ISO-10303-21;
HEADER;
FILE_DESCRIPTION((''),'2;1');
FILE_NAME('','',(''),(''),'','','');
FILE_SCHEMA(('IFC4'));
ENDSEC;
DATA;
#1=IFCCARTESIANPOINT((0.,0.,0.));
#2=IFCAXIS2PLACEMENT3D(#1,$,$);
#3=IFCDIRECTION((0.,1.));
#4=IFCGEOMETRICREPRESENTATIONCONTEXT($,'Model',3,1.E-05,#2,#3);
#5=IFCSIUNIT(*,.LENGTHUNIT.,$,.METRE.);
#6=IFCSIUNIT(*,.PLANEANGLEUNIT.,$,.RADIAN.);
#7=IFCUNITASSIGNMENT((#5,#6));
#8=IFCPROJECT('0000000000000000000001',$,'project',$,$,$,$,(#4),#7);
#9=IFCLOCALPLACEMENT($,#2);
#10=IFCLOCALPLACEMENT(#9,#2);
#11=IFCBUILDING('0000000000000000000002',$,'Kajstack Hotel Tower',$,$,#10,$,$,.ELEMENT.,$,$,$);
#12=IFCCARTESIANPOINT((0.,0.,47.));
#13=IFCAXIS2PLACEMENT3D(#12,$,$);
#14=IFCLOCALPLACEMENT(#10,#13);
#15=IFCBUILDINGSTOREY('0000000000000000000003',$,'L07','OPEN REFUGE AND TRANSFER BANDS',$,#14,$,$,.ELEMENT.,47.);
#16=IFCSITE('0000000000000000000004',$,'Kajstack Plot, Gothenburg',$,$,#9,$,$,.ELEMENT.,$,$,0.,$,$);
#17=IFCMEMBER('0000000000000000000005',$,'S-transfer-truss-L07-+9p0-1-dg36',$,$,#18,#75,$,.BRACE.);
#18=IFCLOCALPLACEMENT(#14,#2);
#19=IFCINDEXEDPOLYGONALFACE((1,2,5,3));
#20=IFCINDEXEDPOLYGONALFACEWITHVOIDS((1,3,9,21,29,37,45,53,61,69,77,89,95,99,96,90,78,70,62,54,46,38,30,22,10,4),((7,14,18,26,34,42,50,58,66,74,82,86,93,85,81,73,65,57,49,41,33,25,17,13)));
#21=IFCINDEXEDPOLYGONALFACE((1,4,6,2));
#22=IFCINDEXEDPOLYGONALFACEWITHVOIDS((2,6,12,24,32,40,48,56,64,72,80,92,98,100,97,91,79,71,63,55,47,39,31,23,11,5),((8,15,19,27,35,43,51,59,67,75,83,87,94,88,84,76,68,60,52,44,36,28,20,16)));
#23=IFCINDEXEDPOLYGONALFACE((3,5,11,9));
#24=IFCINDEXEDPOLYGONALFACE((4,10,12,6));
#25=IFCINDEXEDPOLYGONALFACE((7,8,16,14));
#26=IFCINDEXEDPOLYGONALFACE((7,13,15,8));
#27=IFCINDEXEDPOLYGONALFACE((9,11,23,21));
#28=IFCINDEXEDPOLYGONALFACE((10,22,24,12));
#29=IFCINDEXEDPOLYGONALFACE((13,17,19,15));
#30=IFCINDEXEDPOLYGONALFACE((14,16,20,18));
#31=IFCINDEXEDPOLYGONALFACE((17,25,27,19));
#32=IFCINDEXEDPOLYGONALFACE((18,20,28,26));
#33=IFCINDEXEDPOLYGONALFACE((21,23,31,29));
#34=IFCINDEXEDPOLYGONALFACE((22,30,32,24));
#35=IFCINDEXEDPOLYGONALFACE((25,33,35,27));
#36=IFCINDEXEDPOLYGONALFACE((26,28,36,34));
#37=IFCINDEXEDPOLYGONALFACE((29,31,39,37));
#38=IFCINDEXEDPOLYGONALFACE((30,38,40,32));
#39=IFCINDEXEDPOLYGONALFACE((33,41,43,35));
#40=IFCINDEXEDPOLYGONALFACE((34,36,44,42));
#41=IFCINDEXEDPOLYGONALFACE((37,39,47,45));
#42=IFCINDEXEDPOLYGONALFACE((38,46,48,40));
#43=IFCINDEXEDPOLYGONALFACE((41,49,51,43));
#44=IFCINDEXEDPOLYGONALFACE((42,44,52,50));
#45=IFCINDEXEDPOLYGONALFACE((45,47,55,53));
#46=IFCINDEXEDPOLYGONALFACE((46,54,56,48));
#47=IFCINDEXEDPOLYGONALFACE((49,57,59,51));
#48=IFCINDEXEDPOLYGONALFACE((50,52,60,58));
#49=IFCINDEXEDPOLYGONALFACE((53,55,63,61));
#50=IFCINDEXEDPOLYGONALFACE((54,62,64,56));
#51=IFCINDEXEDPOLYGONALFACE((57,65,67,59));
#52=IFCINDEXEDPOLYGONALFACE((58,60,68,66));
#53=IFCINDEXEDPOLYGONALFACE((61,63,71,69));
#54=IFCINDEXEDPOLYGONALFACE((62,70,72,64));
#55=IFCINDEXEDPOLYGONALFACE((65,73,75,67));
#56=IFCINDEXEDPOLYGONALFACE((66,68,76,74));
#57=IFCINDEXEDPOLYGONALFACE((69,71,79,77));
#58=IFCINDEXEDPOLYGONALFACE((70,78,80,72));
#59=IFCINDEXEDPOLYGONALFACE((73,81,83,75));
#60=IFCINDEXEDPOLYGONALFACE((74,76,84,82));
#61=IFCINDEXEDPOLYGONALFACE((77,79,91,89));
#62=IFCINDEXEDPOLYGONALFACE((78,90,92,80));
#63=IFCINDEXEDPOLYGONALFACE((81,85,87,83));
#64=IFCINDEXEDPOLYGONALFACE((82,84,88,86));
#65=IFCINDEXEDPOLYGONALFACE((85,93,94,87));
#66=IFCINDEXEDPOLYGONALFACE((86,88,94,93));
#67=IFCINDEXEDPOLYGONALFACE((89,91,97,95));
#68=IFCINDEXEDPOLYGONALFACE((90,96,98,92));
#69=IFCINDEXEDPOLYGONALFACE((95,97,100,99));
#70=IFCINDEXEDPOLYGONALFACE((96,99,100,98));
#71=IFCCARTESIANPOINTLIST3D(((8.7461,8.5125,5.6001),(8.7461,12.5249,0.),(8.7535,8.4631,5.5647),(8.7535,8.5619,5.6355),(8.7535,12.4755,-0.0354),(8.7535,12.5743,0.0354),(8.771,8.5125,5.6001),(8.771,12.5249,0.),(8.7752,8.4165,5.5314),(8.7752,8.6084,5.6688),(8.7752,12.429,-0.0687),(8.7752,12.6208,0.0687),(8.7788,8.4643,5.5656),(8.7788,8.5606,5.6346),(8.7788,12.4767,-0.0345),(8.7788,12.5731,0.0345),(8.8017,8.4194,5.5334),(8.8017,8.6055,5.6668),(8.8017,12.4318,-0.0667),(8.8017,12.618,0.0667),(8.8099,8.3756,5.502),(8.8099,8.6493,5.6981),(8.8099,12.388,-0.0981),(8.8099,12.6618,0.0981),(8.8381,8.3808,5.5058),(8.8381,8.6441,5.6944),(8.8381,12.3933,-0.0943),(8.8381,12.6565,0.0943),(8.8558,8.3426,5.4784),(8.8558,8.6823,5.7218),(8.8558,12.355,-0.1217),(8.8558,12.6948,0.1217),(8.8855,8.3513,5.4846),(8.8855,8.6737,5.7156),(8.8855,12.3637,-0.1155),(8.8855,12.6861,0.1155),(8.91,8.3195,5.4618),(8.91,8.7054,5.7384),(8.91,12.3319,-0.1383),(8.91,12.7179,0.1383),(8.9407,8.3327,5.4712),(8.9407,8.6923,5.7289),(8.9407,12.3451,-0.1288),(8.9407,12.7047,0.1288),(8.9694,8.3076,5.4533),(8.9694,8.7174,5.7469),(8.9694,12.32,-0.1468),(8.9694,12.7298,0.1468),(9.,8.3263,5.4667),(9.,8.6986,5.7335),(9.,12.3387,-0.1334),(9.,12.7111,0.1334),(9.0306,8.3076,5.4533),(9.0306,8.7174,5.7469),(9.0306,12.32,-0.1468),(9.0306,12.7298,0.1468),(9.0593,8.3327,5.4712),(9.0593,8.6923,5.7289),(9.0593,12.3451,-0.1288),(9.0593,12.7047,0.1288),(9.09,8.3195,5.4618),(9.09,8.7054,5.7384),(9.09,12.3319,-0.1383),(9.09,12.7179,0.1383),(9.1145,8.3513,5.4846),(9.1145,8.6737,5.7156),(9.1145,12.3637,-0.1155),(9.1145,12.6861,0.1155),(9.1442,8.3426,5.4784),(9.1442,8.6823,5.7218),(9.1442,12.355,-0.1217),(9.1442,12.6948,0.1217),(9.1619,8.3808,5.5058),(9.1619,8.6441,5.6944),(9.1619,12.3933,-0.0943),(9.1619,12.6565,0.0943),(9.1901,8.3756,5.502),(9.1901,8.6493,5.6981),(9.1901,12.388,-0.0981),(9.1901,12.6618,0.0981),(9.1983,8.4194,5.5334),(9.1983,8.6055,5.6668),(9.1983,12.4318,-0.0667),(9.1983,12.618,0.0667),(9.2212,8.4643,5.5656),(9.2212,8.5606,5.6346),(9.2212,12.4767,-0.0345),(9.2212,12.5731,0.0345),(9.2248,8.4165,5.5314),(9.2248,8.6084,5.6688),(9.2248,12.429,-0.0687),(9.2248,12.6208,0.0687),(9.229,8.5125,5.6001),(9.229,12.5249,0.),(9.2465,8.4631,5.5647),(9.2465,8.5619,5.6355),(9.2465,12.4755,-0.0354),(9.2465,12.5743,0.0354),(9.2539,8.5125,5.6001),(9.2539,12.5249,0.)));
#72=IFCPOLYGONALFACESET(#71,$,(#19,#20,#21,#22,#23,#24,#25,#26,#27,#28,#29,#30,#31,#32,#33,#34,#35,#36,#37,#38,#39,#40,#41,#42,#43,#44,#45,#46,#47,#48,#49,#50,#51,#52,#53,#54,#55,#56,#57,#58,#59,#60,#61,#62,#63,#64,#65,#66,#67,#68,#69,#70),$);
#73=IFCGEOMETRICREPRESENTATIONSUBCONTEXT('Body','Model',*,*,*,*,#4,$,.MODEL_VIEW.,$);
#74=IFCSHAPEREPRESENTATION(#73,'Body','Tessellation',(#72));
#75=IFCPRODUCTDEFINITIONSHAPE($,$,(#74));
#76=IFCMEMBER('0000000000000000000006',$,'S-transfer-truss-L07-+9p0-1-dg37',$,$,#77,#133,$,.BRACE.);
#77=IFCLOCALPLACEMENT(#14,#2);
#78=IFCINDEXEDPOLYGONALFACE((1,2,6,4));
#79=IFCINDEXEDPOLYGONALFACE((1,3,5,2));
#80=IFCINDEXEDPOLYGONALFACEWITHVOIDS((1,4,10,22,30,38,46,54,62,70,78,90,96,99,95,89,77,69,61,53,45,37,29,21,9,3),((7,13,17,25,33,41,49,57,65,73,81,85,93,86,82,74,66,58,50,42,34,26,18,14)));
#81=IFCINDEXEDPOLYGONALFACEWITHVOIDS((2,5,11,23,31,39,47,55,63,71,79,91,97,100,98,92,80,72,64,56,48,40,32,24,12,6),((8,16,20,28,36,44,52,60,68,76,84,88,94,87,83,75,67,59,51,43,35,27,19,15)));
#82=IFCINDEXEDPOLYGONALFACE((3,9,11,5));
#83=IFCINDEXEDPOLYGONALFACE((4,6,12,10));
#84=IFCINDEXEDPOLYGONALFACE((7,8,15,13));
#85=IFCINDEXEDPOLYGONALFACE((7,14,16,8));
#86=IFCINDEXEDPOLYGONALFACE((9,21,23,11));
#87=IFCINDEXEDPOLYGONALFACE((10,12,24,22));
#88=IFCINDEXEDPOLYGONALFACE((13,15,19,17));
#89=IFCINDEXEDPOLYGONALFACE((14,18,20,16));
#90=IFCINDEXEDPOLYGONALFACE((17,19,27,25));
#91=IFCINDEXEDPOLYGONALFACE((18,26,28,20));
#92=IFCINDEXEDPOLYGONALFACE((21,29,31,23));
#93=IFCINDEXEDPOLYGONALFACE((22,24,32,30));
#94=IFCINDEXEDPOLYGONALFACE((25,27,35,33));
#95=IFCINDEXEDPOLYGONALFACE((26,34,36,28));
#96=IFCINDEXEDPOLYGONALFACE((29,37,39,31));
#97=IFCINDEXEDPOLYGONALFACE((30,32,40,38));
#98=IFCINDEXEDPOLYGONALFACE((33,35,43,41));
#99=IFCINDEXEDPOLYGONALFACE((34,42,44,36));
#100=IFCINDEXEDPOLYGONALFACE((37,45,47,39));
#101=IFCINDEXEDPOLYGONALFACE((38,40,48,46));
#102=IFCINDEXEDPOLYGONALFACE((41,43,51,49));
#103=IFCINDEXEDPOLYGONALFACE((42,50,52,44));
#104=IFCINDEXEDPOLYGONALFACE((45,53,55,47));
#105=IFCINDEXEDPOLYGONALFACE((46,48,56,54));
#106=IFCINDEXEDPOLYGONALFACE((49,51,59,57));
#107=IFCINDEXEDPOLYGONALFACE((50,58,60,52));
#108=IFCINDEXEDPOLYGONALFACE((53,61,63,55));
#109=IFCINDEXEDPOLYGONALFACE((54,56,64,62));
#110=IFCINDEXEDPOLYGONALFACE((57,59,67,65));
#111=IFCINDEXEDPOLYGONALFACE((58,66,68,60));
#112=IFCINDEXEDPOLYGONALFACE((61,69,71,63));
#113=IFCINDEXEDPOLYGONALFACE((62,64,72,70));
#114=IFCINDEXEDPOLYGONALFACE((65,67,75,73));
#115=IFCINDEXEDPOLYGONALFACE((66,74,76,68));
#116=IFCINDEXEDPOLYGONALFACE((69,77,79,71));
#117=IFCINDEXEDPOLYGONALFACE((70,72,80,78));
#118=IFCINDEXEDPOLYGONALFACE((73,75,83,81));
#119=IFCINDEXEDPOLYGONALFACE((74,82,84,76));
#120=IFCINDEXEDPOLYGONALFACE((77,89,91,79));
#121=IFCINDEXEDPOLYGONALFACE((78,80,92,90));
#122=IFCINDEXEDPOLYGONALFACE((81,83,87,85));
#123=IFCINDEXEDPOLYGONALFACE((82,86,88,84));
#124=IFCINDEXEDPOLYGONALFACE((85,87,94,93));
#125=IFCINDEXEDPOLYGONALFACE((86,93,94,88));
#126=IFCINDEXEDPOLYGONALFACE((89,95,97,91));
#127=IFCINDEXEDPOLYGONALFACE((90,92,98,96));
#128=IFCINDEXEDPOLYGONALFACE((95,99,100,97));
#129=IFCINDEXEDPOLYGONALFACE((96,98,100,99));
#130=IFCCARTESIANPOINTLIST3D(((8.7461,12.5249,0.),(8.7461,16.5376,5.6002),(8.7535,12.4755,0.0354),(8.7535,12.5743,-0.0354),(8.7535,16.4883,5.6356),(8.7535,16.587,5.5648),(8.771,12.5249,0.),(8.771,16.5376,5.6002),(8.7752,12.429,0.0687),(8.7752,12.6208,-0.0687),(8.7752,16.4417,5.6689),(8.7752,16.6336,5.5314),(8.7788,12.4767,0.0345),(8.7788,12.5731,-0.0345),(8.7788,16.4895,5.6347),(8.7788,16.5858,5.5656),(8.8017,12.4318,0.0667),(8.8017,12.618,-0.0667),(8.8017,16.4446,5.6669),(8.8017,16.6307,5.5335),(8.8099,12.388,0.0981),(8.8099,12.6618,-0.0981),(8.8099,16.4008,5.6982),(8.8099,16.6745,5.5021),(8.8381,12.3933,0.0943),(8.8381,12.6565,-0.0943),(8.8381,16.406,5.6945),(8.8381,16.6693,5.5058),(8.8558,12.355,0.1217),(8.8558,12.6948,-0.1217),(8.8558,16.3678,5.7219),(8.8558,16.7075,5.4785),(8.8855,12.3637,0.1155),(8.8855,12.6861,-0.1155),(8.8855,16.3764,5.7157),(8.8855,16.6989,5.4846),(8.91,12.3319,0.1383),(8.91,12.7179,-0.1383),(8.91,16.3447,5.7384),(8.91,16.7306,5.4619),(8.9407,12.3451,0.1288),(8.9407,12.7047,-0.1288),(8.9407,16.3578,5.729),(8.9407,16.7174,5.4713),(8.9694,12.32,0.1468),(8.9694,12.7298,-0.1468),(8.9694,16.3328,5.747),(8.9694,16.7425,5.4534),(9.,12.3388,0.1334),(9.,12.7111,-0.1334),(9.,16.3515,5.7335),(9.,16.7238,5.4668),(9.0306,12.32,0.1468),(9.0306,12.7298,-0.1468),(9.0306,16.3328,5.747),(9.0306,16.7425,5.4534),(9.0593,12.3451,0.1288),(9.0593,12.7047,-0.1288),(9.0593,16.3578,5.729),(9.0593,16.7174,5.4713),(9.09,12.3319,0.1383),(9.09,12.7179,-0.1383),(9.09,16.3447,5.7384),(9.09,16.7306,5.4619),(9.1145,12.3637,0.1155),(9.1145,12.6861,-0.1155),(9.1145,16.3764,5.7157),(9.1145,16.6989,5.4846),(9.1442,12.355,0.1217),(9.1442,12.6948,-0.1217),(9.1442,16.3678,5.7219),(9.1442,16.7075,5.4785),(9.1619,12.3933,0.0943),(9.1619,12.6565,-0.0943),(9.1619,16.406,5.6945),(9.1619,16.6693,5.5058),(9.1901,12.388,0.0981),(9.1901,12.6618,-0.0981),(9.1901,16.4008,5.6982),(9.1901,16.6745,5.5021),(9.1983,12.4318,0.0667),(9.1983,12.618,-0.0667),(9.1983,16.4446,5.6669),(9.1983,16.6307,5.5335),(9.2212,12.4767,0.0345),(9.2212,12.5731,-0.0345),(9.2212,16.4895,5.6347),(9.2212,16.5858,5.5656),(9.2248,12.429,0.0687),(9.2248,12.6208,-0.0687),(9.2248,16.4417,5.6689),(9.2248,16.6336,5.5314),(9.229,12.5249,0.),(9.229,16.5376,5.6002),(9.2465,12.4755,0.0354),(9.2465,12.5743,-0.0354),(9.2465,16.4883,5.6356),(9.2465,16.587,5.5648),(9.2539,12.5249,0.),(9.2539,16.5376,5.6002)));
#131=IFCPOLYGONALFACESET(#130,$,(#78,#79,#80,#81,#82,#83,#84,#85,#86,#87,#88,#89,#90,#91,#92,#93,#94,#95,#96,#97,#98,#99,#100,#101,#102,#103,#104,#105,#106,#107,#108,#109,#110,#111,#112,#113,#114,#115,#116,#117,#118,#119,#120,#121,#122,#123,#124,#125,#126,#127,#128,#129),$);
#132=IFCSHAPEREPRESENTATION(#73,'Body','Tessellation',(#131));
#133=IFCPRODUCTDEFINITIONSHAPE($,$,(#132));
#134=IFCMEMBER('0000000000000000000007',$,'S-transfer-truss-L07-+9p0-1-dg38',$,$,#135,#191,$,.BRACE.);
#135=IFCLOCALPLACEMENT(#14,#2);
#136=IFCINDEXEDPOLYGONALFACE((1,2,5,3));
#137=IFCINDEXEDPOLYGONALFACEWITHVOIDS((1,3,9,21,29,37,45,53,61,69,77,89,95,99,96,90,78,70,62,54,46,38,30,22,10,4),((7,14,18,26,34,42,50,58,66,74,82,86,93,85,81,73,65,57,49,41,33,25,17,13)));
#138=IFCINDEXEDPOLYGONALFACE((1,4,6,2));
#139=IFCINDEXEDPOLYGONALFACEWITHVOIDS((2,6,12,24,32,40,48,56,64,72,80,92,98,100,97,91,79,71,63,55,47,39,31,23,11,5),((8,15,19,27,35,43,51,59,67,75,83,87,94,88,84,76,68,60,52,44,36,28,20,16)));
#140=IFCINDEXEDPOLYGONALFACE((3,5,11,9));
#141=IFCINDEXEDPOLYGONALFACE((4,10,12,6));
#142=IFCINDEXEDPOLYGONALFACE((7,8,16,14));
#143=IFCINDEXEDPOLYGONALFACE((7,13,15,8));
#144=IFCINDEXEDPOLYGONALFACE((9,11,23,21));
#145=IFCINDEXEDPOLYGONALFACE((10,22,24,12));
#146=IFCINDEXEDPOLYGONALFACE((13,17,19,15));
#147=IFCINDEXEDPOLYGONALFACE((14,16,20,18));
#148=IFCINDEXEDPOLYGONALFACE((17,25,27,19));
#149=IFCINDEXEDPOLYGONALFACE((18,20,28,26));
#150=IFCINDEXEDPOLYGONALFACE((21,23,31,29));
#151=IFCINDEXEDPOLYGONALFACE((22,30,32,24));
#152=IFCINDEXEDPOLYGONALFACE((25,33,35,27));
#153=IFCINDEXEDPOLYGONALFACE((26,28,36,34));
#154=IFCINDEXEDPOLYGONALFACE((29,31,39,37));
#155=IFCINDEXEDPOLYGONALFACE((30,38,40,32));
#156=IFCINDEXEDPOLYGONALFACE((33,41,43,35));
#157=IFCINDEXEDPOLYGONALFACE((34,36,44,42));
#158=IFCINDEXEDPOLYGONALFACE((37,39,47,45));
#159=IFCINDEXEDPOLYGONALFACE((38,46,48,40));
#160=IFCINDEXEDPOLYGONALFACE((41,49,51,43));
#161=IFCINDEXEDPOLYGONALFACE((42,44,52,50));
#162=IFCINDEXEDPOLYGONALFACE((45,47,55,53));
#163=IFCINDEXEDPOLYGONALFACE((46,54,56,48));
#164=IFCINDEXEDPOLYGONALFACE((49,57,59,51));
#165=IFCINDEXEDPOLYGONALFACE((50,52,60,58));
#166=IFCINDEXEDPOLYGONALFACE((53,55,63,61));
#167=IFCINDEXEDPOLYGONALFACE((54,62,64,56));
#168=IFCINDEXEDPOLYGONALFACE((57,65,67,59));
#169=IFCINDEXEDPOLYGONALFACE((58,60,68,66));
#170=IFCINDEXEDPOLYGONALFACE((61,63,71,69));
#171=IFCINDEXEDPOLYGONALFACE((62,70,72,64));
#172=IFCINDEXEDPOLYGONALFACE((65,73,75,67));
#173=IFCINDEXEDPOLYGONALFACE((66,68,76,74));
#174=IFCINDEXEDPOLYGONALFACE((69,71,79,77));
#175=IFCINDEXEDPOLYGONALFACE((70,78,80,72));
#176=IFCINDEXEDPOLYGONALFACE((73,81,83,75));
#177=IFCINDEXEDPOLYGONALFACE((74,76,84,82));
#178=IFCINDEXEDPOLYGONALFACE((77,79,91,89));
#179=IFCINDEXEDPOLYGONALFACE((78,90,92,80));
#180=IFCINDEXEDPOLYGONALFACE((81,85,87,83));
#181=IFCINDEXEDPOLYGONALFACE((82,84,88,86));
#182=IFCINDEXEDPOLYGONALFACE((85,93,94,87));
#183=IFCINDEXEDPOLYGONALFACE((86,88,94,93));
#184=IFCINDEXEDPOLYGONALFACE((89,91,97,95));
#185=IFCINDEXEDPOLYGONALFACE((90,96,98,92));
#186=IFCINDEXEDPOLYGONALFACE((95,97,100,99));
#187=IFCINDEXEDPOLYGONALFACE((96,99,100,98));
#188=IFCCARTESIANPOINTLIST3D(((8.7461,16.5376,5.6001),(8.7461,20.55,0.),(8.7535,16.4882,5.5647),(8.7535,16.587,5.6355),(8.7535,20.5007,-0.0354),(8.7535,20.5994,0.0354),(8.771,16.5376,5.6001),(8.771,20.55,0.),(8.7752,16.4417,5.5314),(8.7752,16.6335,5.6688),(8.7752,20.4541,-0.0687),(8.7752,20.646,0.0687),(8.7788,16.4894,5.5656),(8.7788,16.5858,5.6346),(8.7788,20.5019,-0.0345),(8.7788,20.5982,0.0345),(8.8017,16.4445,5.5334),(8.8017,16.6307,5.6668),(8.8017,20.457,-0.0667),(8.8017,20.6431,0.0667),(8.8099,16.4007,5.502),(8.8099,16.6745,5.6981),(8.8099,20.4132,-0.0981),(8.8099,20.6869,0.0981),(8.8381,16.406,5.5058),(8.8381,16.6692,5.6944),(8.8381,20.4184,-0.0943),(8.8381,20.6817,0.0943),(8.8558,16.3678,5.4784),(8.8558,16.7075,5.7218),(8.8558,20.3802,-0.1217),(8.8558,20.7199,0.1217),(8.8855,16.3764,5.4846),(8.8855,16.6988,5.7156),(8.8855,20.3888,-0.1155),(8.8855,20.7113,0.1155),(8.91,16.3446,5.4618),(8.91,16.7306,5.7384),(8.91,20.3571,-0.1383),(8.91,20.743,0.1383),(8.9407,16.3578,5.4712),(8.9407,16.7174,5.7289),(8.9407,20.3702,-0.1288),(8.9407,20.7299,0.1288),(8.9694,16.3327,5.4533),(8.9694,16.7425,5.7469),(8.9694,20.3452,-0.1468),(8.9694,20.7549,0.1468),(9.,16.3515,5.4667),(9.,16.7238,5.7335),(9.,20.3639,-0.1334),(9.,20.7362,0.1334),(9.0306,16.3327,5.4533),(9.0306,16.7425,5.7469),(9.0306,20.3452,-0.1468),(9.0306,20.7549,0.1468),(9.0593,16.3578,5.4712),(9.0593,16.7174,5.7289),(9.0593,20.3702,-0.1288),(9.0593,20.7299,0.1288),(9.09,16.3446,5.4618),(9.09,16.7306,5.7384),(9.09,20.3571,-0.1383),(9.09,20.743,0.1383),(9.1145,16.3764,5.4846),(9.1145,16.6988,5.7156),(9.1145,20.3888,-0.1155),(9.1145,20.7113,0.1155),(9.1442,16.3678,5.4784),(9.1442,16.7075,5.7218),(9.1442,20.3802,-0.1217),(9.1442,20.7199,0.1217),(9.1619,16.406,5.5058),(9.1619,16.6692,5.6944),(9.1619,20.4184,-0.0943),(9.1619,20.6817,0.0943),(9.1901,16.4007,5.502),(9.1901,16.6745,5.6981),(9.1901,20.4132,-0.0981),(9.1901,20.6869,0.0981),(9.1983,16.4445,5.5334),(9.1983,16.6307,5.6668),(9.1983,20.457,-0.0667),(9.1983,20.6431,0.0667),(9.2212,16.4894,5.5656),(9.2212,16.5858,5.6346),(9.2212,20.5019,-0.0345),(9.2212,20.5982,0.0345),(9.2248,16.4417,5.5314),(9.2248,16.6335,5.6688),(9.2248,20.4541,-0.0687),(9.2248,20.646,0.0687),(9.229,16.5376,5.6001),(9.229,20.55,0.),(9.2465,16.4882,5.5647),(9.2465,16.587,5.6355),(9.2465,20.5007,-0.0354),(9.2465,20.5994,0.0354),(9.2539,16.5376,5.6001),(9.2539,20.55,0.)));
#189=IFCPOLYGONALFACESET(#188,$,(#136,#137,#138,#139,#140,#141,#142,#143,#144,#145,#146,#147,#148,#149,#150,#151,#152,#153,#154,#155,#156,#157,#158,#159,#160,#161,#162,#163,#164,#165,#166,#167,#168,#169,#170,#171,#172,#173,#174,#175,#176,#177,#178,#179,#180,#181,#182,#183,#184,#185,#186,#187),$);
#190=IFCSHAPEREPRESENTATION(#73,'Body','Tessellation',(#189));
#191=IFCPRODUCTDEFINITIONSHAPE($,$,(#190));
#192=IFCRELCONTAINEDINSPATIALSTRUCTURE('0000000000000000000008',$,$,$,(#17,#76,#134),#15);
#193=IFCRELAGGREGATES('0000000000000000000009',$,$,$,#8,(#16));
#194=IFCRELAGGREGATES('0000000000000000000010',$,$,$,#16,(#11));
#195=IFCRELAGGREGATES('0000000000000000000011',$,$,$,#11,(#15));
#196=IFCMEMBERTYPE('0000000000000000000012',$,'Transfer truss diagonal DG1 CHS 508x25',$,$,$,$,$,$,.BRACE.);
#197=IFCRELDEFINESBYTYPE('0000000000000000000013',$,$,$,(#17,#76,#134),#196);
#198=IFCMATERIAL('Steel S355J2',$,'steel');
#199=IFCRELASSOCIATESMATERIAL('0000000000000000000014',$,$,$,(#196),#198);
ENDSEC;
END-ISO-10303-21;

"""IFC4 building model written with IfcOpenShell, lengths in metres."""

from ifc_helpers import new_model, si_unit, direction, frame, origin, origin_2d, place, context, subcontext, project, spatial, hollow_circle, extrude, material, material_profile, profile_set, type_object, element, save


model = new_model("IFC4")

# Units and contexts
model_context = context("Model", 3, precision=1e-05, world=origin(), true_north=direction((0.0, 1.0)))
body_context = subcontext(model_context, "Body", "Model", "MODEL_VIEW")
ifc_project = project(units=[si_unit("LENGTHUNIT", "METRE"), si_unit("PLANEANGLEUNIT", "RADIAN")], contexts=[model_context])

# Site, building, storey
site_placement = place(None, origin())
site = spatial("IfcSite", under=ifc_project, at=site_placement, Name="Kajstack Plot, Gothenburg", CompositionType="ELEMENT", RefElevation=0.0)
building_placement = place(site_placement, origin())
building = spatial("IfcBuilding", under=site, at=building_placement, Name="Kajstack Hotel Tower", CompositionType="ELEMENT")
storey_placement = place(building_placement, frame((0.0, 0.0, 47.0)))
storey = spatial("IfcBuildingStorey", under=building, at=storey_placement, Name="L07", Description="OPEN REFUGE AND TRANSFER BANDS", CompositionType="ELEMENT", Elevation=47.0)

# Members
ifc_material = material(Name="Steel S355J2", Category="steel")
ifc_material_profile_1 = material_profile(ifc_material, hollow_circle(Radius=0.2539, WallThickness=0.0249, at=origin_2d()), Name="CHS 508x25")
ifc_profile_set_1 = profile_set([ifc_material_profile_1], Name="Steel S355J2")
member_type_1 = type_object("IfcMemberType", Name="Transfer truss diagonal DG1 CHS 508x25", PredefinedType="BRACE", material=ifc_profile_set_1)
member_1_placement = place(storey_placement, frame((9.0, 12.5249, 0.0), z_axis=(0.0, -0.582428, 0.812883), x_axis=(1.0, 0.0, 0.0)))
element("IfcMember", 1, at=member_1_placement, inside=storey, type_object=member_type_1, Name="S-transfer-truss-L07-+9p0-1-dg36", PredefinedType="BRACE", context=body_context, shape_type="SweptSolid", body=[
    extrude(hollow_circle(Radius=0.2539, WallThickness=0.0249, at=origin_2d()), origin(), (0.0, 0.0, 1.0), 6.8892),
])
member_2_placement = place(storey_placement, frame((9.0, 12.5249, 0.0), z_axis=(0.0, 0.582451, 0.812866), x_axis=(-1.0, 0.0, 0.0)))
element("IfcMember", 2, at=member_2_placement, inside=storey, type_object=member_type_1, Name="S-transfer-truss-L07-+9p0-1-dg37", PredefinedType="BRACE", context=body_context, shape_type="SweptSolid", body=[
    extrude(hollow_circle(Radius=0.2539, WallThickness=0.0249, at=origin_2d()), origin(), (0.0, 0.0, 1.0), 6.8894),
])
member_3_placement = place(storey_placement, frame((9.0, 20.55, 0.0), z_axis=(0.0, -0.582428, 0.812883), x_axis=(1.0, 0.0, 0.0)))
element("IfcMember", 3, at=member_3_placement, inside=storey, type_object=member_type_1, Name="S-transfer-truss-L07-+9p0-1-dg38", PredefinedType="BRACE", context=body_context, shape_type="SweptSolid", body=[
    extrude(hollow_circle(Radius=0.2539, WallThickness=0.0249, at=origin_2d()), origin(), (0.0, 0.0, 1.0), 6.8892),
])

save(model, "model.ifc")
